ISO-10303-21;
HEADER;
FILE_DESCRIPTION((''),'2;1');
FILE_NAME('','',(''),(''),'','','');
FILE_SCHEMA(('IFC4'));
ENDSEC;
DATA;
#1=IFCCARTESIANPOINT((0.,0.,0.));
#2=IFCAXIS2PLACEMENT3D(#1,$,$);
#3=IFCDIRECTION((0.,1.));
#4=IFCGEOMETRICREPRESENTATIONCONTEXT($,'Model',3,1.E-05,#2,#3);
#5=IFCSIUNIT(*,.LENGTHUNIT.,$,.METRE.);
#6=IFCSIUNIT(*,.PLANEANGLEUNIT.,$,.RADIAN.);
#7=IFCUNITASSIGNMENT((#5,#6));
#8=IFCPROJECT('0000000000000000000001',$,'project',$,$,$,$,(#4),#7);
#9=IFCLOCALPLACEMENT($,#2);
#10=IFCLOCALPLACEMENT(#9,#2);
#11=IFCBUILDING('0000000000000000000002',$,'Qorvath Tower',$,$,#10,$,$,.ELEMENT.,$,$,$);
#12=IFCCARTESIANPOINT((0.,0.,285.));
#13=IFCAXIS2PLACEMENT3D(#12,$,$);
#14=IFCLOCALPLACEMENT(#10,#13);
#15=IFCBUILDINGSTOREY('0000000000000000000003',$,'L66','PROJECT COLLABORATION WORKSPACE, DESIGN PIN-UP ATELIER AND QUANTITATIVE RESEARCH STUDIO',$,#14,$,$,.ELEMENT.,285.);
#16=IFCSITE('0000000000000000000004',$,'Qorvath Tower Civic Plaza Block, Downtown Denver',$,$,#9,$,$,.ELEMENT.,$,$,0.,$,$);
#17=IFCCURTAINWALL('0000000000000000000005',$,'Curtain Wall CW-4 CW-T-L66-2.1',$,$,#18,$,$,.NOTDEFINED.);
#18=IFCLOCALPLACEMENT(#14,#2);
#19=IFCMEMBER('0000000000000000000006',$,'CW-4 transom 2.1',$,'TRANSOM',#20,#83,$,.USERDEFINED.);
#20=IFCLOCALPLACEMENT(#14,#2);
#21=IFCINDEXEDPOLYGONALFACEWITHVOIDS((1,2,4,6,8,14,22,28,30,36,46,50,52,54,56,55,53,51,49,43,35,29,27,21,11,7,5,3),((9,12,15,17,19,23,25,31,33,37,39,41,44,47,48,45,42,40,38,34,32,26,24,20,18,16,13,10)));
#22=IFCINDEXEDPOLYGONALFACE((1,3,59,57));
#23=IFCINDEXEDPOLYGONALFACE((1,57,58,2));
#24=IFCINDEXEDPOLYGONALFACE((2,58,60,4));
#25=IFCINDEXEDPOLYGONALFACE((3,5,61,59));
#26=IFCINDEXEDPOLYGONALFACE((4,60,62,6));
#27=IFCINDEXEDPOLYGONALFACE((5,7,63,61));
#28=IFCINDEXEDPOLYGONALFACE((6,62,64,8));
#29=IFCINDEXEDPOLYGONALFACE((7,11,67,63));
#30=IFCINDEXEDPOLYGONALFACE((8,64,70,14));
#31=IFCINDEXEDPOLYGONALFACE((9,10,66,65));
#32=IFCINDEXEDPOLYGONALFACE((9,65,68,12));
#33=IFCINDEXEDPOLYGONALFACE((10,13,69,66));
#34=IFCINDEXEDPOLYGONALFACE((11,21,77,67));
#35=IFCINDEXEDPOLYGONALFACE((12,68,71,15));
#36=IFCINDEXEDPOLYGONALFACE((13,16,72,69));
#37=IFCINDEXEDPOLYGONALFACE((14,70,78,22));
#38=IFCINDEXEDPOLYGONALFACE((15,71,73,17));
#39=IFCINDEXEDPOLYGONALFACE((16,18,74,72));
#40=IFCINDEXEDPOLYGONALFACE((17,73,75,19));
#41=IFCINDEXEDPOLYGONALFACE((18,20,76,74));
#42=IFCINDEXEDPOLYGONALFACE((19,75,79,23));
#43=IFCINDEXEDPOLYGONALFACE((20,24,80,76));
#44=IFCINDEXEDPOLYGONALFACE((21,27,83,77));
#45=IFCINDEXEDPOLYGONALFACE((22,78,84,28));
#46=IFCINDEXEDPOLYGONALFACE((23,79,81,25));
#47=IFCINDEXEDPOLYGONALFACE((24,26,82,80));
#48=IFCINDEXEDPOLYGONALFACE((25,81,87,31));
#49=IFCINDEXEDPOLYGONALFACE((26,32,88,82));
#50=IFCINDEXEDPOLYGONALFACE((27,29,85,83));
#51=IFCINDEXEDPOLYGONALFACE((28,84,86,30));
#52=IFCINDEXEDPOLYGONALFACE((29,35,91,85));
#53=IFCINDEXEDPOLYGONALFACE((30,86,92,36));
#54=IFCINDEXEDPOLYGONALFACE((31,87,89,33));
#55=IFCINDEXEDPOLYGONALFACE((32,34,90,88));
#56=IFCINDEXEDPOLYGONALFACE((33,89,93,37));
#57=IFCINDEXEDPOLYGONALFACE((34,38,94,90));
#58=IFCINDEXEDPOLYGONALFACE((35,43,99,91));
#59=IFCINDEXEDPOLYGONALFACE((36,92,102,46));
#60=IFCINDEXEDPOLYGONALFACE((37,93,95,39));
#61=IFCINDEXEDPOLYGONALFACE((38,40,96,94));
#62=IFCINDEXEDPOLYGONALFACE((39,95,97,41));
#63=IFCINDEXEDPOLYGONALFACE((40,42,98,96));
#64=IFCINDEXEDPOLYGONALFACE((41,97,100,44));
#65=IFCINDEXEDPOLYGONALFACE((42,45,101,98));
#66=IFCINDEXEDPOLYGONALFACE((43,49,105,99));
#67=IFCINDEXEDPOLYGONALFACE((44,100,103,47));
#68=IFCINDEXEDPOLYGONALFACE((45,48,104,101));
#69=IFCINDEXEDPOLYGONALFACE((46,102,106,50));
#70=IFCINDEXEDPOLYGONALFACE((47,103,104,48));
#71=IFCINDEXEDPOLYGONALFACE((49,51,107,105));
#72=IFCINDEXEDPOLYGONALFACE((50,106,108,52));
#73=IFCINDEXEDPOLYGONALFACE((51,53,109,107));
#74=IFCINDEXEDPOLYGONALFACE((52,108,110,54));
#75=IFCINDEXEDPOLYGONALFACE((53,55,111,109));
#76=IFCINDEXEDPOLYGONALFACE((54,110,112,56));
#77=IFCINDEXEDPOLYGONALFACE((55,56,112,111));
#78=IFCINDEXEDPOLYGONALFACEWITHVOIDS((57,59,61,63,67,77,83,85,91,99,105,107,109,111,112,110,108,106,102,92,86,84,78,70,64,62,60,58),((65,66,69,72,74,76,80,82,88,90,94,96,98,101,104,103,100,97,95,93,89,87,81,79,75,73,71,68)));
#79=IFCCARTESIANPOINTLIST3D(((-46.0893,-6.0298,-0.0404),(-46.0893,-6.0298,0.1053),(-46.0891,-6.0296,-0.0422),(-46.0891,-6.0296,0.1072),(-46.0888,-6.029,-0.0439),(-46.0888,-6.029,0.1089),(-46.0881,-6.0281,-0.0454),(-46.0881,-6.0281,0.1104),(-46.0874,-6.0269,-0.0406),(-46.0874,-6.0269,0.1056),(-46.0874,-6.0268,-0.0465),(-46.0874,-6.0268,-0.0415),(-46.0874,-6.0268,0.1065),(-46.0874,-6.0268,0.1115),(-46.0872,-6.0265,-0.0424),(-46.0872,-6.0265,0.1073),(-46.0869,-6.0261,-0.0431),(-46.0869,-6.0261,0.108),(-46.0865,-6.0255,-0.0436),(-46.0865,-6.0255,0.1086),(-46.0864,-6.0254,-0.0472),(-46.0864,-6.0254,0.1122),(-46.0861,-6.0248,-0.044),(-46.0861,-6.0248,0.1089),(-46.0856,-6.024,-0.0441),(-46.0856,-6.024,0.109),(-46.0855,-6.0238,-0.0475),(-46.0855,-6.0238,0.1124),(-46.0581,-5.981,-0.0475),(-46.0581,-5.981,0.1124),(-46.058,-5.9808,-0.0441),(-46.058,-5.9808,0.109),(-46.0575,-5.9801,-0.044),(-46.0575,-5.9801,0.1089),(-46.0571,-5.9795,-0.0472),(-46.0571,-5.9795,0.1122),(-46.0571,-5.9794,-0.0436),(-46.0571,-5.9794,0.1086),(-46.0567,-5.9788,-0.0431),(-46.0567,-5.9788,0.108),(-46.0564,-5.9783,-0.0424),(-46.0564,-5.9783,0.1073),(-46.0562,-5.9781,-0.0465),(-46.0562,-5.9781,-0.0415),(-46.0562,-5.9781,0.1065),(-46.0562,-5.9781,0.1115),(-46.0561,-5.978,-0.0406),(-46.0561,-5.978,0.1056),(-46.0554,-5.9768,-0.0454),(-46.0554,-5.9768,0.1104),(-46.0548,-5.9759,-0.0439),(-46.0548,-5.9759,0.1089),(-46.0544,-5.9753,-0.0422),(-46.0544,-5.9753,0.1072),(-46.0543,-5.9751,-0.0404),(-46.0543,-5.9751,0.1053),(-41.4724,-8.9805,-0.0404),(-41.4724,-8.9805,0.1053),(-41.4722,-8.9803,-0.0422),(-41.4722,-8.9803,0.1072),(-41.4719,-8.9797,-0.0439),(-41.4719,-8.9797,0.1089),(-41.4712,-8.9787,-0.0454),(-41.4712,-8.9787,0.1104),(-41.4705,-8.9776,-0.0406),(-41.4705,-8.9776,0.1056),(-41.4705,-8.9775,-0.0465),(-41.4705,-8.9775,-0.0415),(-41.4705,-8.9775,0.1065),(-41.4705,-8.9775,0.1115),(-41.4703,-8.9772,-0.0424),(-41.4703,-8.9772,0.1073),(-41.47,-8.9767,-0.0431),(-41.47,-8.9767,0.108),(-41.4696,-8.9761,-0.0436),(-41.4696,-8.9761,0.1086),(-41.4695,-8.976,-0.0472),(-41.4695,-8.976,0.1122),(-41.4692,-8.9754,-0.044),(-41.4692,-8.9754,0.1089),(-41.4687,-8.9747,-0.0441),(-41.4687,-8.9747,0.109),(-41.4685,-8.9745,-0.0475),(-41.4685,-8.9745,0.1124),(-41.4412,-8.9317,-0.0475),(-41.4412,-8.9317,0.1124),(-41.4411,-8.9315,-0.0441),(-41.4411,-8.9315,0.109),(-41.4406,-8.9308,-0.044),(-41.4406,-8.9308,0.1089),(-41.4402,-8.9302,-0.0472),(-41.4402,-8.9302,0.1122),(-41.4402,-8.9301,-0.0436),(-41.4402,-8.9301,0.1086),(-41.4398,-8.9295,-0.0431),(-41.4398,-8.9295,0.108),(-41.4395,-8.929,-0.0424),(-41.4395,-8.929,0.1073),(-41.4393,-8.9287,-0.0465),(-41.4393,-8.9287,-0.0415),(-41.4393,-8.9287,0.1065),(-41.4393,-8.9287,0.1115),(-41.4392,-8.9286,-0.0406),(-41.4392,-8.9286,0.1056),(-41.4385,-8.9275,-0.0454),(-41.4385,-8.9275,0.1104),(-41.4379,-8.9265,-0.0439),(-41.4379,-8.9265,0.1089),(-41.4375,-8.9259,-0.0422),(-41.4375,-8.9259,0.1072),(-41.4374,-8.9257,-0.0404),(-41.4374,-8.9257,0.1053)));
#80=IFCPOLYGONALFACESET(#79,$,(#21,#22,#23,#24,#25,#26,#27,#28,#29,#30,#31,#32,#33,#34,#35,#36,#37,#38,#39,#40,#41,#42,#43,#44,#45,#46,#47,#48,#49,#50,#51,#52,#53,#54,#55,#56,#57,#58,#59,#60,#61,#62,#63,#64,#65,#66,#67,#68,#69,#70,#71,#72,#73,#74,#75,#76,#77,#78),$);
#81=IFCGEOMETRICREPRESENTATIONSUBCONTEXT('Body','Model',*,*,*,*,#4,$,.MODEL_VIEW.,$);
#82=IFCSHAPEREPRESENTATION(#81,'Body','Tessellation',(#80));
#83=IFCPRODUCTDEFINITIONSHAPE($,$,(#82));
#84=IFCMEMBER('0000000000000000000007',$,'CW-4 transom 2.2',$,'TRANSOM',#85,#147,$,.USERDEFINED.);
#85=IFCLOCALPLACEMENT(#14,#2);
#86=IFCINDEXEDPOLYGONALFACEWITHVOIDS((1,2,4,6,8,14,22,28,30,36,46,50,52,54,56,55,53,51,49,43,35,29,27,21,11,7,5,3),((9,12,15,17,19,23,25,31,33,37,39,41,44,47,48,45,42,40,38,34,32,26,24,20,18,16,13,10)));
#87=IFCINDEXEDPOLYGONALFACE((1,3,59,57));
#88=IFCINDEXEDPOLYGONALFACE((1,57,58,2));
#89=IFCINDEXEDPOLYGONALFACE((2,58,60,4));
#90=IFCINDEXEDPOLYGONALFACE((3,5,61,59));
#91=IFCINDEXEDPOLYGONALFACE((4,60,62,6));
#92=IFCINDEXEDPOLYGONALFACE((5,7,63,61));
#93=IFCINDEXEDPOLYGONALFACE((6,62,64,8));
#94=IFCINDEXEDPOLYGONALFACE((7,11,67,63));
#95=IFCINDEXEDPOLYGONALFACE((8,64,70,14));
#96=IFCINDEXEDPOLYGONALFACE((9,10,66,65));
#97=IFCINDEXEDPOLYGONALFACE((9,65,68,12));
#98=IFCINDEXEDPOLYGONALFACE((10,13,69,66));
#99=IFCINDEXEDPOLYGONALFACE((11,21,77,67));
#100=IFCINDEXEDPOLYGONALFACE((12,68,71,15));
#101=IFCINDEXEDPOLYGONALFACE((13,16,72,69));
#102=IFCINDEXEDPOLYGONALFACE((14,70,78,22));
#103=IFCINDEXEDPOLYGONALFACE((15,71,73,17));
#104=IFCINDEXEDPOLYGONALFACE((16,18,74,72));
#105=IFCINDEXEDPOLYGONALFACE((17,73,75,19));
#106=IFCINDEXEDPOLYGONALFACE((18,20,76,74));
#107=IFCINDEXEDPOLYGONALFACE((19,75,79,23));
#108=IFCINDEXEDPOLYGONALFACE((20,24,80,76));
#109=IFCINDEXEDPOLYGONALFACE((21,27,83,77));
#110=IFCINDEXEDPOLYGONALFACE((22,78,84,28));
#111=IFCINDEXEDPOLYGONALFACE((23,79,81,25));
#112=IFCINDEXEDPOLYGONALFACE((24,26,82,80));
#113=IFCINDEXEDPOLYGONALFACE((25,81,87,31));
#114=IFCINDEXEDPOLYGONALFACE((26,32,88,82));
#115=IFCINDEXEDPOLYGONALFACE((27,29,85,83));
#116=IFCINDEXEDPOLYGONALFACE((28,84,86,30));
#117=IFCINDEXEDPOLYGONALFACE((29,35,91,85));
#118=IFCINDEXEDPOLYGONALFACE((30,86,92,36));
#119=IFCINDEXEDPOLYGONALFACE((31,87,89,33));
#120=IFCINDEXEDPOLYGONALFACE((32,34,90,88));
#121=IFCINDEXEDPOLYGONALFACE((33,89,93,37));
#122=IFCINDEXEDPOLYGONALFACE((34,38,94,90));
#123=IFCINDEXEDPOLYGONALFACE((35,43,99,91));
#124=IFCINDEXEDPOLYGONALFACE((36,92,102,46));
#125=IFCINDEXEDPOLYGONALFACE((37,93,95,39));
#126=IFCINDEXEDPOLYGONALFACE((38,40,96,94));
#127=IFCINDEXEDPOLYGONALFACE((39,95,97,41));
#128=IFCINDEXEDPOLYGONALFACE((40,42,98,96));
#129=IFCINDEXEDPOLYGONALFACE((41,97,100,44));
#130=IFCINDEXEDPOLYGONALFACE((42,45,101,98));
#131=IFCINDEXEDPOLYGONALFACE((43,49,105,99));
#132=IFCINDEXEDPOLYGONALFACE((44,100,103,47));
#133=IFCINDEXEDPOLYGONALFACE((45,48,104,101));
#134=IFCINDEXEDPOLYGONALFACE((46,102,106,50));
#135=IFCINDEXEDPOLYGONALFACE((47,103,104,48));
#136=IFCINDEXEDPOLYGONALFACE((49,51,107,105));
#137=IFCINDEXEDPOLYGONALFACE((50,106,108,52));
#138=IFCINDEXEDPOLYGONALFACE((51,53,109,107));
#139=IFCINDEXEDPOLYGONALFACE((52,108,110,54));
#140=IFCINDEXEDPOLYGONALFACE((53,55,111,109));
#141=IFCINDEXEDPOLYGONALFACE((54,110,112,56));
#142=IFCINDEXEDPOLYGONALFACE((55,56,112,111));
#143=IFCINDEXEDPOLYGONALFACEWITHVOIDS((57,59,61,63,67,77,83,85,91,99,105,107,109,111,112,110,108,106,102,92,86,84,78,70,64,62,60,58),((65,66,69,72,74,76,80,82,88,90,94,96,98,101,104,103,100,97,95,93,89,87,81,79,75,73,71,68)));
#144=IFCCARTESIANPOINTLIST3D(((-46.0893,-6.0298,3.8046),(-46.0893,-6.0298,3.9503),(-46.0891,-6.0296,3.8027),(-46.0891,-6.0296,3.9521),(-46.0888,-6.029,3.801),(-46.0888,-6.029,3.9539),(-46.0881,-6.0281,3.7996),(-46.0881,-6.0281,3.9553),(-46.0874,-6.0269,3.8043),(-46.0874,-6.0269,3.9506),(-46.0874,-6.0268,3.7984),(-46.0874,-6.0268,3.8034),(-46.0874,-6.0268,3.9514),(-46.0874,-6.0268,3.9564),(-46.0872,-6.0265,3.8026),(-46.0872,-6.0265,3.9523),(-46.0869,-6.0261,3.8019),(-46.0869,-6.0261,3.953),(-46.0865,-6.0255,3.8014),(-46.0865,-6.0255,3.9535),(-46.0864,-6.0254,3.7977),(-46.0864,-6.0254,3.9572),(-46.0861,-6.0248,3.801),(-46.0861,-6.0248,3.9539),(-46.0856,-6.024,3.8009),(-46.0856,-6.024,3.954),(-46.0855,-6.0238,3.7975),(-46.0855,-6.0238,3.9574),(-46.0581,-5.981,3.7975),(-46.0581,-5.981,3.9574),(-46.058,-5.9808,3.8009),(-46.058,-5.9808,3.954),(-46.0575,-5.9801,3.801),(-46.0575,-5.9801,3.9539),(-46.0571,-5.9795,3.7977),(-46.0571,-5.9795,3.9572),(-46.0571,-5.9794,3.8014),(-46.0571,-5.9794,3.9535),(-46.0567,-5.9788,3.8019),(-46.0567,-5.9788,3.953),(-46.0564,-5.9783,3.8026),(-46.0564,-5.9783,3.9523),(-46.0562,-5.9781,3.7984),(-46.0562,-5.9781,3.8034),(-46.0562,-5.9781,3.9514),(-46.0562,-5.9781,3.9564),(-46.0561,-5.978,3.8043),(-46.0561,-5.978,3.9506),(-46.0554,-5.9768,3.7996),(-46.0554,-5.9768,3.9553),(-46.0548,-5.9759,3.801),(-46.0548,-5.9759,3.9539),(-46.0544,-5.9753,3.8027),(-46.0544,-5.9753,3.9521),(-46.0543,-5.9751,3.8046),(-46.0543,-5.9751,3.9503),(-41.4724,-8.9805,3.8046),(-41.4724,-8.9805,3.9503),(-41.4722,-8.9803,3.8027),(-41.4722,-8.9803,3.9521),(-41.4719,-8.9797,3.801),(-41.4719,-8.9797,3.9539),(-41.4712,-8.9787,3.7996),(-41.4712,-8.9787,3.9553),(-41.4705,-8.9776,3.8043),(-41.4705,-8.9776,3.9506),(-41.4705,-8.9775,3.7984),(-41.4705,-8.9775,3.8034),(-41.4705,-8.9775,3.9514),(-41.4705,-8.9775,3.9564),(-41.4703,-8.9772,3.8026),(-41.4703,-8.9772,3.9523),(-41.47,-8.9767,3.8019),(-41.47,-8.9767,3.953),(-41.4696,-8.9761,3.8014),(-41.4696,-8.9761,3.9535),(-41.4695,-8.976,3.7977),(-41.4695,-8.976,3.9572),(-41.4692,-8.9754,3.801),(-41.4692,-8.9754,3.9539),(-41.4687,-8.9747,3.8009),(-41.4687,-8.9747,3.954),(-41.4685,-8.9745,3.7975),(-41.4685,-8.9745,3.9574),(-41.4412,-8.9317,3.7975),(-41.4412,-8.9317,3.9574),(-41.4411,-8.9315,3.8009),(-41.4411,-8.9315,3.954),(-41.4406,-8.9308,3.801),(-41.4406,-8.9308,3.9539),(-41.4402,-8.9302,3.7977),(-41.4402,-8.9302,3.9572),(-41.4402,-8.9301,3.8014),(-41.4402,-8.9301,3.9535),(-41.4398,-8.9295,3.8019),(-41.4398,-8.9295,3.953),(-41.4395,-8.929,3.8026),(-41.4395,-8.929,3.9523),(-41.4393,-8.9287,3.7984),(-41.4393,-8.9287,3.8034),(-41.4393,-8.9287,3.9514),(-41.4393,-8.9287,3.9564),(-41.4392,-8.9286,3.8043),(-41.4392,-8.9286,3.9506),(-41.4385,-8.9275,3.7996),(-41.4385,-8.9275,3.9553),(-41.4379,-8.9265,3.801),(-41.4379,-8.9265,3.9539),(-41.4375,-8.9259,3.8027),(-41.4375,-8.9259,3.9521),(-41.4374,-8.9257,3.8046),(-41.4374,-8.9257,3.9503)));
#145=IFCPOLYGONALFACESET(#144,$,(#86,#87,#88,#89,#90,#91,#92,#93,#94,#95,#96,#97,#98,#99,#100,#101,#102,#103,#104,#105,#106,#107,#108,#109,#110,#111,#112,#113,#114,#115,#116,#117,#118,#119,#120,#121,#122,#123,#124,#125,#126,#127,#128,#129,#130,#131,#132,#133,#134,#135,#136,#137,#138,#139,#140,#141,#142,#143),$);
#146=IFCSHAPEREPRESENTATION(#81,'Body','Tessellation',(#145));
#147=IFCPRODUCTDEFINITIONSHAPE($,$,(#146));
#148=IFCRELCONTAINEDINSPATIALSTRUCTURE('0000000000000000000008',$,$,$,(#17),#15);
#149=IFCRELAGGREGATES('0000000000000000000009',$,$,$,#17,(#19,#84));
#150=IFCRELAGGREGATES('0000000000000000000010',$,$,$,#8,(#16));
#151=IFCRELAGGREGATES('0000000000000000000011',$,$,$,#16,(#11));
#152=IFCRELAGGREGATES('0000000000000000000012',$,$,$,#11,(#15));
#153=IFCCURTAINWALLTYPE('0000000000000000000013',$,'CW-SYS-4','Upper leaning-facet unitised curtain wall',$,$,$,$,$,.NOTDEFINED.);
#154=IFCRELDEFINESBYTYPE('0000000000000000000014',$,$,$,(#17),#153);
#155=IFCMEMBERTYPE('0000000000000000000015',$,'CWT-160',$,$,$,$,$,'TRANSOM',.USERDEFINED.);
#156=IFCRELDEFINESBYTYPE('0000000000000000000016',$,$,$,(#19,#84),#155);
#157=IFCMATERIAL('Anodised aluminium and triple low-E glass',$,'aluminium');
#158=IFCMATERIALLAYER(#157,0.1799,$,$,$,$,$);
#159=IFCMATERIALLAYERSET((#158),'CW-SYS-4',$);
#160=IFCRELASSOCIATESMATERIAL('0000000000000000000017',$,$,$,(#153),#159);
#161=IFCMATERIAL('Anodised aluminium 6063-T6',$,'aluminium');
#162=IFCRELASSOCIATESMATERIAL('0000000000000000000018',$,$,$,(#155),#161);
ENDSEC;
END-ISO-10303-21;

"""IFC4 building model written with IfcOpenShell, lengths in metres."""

from ifc_helpers import new_model, si_unit, direction, frame, origin, origin_2d, place, context, subcontext, project, spatial, hollow_rectangle, extrude, material, layer, layer_set, material_profile, profile_set, type_object, element, aggregate, save


model = new_model("IFC4")

# Units and contexts
model_context = context("Model", 3, precision=1e-05, world=origin(), true_north=direction((0.0, 1.0)))
body_context = subcontext(model_context, "Body", "Model", "MODEL_VIEW")
ifc_project = project(units=[si_unit("LENGTHUNIT", "METRE"), si_unit("PLANEANGLEUNIT", "RADIAN")], contexts=[model_context])

# Site, building, storey
site_placement = place(None, origin())
site = spatial("IfcSite", under=ifc_project, at=site_placement, Name="Qorvath Tower Civic Plaza Block, Downtown Denver", CompositionType="ELEMENT", RefElevation=0.0)
building_placement = place(site_placement, origin())
building = spatial("IfcBuilding", under=site, at=building_placement, Name="Qorvath Tower", CompositionType="ELEMENT")
storey_placement = place(building_placement, frame((0.0, 0.0, 285.0)))
storey = spatial("IfcBuildingStorey", under=building, at=storey_placement, Name="L66", Description="PROJECT COLLABORATION WORKSPACE, DESIGN PIN-UP ATELIER AND QUANTITATIVE RESEARCH STUDIO", CompositionType="ELEMENT", Elevation=285.0)

# Curtain wall, members
ifc_material_1 = material(Name="Anodised aluminium and triple low-E glass", Category="aluminium")
ifc_layer_1 = layer(ifc_material_1, 0.1799)
ifc_layer_set_1 = layer_set([ifc_layer_1], Name="CW-SYS-4")
curtain_wall_type = type_object("IfcCurtainWallType", Name="CW-SYS-4", Description="Upper leaning-facet unitised curtain wall", PredefinedType="NOTDEFINED", material=ifc_layer_set_1)
curtain_wall_placement = place(storey_placement, origin())
curtain_wall = element("IfcCurtainWall", 1, at=curtain_wall_placement, inside=storey, type_object=curtain_wall_type, Name="Curtain Wall CW-4 CW-T-L66-2.1", PredefinedType="NOTDEFINED")
ifc_material_2 = material(Name="Anodised aluminium 6063-T6", Category="aluminium")
ifc_material_profile_1 = material_profile(ifc_material_2, hollow_rectangle(XDim=0.0649, YDim=0.1599, WallThickness=0.0034, InnerFilletRadius=0.0034, OuterFilletRadius=0.0071, at=origin_2d()), Name="CWT 160x65")
ifc_profile_set_1 = profile_set([ifc_material_profile_1], Name="Anodised aluminium 6063-T6")
member_type_1 = type_object("IfcMemberType", Name="CWT-160", ElementType="TRANSOM", PredefinedType="USERDEFINED", material=ifc_profile_set_1)
member_1_placement = place(storey_placement, frame((-46.0718, -6.0024, 0.0325), z_axis=(0.842616, -0.538515, 0.0), x_axis=(0.538515, 0.842616, 0.0)))
member_1 = element("IfcMember", 2, at=member_1_placement, type_object=member_type_1, Name="CW-4 transom 2.1", ObjectType="TRANSOM", PredefinedType="USERDEFINED", context=body_context, shape_type="SweptSolid", body=[
    extrude(hollow_rectangle(XDim=0.0649, YDim=0.1599, WallThickness=0.0034, InnerFilletRadius=0.0034, OuterFilletRadius=0.0071, at=origin_2d()), origin(), (0.0, 0.0, 1.0), 5.4792),
])
member_2_placement = place(storey_placement, frame((-46.0718, -6.0024, 3.8774), z_axis=(0.842616, -0.538515, 0.0), x_axis=(0.538515, 0.842616, 0.0)))
member_2 = element("IfcMember", 3, at=member_2_placement, type_object=member_type_1, Name="CW-4 transom 2.2", ObjectType="TRANSOM", PredefinedType="USERDEFINED", context=body_context, shape_type="SweptSolid", body=[
    extrude(hollow_rectangle(XDim=0.0649, YDim=0.1599, WallThickness=0.0034, InnerFilletRadius=0.0034, OuterFilletRadius=0.0071, at=origin_2d()), origin(), (0.0, 0.0, 1.0), 5.4792),
])
aggregate(curtain_wall, [member_1, member_2])

save(model, "model.ifc")
